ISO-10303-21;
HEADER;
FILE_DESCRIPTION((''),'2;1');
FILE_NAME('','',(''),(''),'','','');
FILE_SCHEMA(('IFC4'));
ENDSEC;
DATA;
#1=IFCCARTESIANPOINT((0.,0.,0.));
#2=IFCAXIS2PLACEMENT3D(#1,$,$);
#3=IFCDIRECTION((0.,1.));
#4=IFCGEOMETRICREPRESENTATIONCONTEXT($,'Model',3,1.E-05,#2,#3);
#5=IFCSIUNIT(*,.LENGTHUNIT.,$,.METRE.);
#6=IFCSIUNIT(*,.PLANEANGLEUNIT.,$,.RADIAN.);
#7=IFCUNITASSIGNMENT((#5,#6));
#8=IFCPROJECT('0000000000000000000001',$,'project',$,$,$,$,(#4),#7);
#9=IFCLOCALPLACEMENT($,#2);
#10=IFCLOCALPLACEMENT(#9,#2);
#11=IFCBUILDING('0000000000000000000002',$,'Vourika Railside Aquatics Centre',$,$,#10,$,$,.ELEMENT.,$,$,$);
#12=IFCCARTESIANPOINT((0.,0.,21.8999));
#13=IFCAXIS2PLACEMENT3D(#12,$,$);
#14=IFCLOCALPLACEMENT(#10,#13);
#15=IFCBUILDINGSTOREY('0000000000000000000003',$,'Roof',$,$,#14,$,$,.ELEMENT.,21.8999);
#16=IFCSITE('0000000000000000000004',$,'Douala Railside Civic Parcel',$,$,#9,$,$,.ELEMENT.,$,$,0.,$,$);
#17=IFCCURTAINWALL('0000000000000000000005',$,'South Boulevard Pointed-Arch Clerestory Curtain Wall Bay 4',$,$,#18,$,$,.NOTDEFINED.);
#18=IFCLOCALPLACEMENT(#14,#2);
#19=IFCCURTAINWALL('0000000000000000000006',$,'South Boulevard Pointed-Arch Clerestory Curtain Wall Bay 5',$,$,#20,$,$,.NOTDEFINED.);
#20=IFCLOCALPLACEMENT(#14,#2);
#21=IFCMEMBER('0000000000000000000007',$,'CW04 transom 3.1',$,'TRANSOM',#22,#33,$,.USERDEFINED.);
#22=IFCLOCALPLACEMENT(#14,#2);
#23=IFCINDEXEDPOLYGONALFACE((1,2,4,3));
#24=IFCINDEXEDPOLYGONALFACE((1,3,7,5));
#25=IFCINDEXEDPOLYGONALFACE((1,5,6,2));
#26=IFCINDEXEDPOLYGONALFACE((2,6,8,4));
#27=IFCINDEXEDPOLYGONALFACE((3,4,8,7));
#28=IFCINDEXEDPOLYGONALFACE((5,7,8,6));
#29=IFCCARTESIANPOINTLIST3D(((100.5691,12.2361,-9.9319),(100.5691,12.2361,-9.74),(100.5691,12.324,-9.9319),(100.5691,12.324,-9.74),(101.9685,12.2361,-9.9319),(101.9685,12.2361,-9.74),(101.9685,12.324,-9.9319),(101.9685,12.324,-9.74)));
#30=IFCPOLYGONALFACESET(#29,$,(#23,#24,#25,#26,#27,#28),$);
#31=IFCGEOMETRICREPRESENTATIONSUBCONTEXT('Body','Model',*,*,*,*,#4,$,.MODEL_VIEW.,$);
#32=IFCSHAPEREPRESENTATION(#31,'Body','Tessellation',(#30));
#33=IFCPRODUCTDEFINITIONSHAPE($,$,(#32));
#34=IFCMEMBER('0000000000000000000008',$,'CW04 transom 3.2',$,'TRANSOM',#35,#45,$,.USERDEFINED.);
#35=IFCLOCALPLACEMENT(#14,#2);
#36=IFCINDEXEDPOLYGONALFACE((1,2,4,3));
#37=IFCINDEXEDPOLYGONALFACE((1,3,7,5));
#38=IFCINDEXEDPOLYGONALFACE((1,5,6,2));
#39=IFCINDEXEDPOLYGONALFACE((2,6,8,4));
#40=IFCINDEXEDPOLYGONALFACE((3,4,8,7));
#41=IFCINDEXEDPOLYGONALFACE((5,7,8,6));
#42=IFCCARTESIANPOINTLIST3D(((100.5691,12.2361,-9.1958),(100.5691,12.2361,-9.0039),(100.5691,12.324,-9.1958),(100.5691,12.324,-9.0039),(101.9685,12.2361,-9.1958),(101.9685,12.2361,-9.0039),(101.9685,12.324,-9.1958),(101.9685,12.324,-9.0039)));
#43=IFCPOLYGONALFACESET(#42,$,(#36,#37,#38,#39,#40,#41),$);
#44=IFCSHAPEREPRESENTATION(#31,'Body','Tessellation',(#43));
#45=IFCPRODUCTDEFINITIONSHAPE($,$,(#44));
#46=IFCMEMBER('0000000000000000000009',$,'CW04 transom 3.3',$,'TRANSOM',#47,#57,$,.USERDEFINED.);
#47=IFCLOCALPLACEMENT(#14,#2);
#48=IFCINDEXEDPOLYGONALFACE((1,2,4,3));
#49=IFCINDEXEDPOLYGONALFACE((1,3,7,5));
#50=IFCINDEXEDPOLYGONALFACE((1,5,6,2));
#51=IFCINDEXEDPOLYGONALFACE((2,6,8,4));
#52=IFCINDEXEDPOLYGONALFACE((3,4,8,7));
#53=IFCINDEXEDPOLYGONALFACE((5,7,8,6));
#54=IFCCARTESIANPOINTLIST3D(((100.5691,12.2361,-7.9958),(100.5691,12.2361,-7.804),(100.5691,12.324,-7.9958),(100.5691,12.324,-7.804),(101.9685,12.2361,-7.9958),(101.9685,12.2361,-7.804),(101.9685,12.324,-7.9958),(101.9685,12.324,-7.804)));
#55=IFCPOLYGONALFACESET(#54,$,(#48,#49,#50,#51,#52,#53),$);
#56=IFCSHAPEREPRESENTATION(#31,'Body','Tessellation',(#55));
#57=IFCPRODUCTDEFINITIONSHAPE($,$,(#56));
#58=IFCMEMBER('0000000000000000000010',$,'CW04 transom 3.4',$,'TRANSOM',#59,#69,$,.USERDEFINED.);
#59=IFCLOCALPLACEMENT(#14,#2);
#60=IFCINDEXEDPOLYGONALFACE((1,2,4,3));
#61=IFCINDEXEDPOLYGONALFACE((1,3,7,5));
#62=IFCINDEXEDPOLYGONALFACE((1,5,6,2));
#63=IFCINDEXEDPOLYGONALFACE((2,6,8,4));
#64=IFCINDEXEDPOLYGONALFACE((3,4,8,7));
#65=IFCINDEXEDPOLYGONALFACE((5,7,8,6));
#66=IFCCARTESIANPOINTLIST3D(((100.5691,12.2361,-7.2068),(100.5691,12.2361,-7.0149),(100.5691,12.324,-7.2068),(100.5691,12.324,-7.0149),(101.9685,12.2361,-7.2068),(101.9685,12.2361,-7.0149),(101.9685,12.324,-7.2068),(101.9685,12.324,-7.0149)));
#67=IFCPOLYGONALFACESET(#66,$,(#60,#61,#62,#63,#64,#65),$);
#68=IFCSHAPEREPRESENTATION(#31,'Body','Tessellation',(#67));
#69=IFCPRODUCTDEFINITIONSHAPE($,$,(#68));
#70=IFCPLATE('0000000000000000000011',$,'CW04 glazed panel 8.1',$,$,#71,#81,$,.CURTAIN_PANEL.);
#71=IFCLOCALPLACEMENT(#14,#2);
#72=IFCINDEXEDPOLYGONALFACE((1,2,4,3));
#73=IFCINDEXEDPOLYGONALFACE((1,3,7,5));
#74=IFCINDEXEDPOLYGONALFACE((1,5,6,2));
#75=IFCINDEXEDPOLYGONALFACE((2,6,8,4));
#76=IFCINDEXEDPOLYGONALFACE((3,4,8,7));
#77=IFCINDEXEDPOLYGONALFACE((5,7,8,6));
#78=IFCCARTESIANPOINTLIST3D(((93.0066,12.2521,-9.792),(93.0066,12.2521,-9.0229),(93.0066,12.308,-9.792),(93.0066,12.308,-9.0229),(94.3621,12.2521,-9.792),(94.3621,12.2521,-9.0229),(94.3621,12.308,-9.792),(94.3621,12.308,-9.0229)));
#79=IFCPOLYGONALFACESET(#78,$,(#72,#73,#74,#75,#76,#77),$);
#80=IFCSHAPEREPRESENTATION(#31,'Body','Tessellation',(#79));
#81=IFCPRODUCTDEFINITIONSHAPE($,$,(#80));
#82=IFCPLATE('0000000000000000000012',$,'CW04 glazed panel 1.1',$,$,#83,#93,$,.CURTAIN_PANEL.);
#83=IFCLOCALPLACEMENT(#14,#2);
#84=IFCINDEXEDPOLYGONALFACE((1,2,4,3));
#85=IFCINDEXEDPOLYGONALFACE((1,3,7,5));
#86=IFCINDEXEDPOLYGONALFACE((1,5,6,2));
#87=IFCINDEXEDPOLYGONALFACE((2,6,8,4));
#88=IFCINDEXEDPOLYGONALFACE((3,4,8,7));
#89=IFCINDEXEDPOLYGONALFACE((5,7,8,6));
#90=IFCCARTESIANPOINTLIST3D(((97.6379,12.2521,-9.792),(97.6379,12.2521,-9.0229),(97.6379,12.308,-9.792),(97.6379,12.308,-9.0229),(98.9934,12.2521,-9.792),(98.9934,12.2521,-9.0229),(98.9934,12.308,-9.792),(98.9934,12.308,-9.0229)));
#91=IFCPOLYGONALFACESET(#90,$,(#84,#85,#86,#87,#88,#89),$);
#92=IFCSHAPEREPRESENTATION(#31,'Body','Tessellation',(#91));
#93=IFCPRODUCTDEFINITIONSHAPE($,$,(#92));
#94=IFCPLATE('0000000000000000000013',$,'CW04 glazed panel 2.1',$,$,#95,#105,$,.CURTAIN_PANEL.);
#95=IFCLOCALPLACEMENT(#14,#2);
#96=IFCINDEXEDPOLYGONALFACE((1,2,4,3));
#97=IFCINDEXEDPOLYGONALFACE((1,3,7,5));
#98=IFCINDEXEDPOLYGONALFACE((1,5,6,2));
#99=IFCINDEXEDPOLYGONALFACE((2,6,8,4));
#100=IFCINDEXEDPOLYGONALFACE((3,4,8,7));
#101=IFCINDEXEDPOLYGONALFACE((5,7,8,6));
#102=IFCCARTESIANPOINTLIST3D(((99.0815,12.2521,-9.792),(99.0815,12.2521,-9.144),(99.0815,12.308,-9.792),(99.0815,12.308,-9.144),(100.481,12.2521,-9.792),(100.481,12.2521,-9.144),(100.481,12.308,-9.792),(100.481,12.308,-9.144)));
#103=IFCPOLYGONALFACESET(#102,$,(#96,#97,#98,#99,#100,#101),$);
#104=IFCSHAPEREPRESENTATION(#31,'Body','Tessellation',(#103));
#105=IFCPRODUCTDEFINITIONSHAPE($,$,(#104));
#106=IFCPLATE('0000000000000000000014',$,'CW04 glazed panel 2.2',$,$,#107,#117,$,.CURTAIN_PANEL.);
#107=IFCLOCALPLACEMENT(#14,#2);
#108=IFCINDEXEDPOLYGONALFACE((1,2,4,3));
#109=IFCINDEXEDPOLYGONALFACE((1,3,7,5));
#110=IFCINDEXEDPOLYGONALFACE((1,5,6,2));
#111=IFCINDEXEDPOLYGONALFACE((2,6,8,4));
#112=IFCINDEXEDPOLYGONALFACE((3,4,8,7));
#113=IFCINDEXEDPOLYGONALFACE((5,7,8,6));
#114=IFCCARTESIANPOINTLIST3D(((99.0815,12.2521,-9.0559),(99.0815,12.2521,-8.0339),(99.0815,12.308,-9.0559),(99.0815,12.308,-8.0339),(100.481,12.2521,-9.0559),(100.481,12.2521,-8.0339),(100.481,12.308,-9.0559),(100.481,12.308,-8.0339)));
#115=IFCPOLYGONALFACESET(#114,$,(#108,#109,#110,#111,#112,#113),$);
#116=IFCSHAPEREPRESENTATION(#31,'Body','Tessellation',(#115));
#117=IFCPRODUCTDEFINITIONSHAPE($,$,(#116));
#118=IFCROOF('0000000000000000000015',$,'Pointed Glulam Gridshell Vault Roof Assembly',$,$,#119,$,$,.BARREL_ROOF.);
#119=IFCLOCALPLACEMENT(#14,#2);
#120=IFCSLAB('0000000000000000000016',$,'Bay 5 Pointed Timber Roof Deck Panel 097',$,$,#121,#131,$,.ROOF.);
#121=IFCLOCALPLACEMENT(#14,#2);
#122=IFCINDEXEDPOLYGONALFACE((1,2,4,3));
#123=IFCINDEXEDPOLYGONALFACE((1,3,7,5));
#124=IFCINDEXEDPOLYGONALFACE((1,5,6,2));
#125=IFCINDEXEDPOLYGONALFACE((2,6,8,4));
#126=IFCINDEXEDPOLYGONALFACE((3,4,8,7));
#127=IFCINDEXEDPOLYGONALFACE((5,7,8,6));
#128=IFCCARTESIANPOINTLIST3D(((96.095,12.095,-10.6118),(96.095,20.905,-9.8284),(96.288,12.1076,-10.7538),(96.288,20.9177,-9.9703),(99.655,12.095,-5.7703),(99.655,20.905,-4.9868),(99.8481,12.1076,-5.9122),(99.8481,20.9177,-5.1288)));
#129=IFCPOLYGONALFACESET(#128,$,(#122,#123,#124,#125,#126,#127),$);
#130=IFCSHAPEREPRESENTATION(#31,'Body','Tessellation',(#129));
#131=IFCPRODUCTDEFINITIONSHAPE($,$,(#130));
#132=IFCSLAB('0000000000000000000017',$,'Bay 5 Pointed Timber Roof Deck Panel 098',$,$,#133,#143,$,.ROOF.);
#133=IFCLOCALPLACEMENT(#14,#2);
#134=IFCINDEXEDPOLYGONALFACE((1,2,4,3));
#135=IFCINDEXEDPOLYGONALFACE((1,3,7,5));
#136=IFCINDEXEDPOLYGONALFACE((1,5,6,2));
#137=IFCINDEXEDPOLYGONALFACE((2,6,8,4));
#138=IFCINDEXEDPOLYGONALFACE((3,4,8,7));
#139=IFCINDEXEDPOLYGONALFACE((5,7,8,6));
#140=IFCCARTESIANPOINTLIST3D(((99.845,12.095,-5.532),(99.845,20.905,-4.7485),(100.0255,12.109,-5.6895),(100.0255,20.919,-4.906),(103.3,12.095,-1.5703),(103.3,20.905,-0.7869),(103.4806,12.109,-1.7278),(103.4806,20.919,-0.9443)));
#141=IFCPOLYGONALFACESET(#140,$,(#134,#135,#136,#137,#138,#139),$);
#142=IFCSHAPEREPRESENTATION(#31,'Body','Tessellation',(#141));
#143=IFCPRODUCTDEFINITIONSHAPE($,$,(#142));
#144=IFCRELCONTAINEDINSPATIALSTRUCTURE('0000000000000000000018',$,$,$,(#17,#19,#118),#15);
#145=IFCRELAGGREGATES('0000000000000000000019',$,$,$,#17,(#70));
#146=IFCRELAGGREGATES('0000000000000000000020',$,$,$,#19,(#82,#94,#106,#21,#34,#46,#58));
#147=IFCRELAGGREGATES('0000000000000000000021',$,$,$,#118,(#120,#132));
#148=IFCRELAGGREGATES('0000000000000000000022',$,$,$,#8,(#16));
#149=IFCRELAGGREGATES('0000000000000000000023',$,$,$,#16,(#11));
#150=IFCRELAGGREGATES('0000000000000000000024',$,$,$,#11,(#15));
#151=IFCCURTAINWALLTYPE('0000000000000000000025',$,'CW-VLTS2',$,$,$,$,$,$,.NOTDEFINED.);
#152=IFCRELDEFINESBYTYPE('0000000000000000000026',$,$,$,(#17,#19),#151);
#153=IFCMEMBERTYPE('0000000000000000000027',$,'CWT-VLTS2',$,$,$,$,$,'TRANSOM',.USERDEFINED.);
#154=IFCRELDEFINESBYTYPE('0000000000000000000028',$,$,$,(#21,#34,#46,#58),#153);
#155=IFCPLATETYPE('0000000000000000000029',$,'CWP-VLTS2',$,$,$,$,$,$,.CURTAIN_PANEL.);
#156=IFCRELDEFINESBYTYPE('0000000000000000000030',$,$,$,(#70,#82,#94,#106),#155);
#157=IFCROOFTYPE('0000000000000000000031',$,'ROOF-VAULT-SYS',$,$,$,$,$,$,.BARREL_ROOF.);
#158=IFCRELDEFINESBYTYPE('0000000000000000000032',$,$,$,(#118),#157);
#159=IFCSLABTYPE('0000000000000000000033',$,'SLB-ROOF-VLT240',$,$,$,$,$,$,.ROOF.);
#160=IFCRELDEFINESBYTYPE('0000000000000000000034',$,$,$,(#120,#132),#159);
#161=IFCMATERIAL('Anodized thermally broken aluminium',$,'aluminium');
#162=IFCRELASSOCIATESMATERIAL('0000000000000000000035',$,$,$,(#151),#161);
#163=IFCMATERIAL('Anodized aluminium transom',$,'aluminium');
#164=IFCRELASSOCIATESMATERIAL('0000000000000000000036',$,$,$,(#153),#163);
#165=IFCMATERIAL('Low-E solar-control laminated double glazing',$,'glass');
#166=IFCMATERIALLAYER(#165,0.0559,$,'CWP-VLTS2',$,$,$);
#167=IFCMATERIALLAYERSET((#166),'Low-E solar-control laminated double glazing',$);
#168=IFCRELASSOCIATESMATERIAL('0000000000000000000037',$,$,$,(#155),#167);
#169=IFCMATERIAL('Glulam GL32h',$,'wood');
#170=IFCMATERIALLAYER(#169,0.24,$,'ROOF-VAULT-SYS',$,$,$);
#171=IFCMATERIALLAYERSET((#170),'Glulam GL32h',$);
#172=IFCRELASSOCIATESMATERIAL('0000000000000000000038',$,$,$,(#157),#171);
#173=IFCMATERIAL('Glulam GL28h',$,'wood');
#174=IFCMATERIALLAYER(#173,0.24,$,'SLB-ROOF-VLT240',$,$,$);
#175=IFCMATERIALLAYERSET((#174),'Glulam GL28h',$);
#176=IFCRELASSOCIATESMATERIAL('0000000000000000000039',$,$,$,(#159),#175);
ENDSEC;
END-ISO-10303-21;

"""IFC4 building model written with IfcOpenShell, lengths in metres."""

from ifc_helpers import new_model, si_unit, direction, frame, origin, origin_2d, place, context, subcontext, project, spatial, polyline, rectangle, outline, extrude, material, layer, layer_set, material_profile, profile_set, type_object, element, aggregate, save


model = new_model("IFC4")

# Units and contexts
model_context = context("Model", 3, precision=1e-05, world=origin(), true_north=direction((0.0, 1.0)))
body_context = subcontext(model_context, "Body", "Model", "MODEL_VIEW")
ifc_project = project(units=[si_unit("LENGTHUNIT", "METRE"), si_unit("PLANEANGLEUNIT", "RADIAN")], contexts=[model_context])

# Site, building, storey
site_placement = place(None, origin())
site = spatial("IfcSite", under=ifc_project, at=site_placement, Name="Douala Railside Civic Parcel", CompositionType="ELEMENT", RefElevation=0.0)
building_placement = place(site_placement, origin())
building = spatial("IfcBuilding", under=site, at=building_placement, Name="Vourika Railside Aquatics Centre", CompositionType="ELEMENT")
storey_placement = place(building_placement, frame((0.0, 0.0, 21.8999)))
storey = spatial("IfcBuildingStorey", under=building, at=storey_placement, Name="Roof", CompositionType="ELEMENT", Elevation=21.8999)

# Curtain walls
ifc_material_1 = material(Name="Anodized thermally broken aluminium", Category="aluminium")
curtain_wall_type = type_object("IfcCurtainWallType", Name="CW-VLTS2", PredefinedType="NOTDEFINED", material=ifc_material_1)
curtain_wall_1_placement = place(storey_placement, origin())
curtain_wall_1 = element("IfcCurtainWall", 1, at=curtain_wall_1_placement, inside=storey, type_object=curtain_wall_type, Name="South Boulevard Pointed-Arch Clerestory Curtain Wall Bay 4", PredefinedType="NOTDEFINED")
curtain_wall_2_placement = place(storey_placement, origin())
curtain_wall_2 = element("IfcCurtainWall", 2, at=curtain_wall_2_placement, inside=storey, type_object=curtain_wall_type, Name="South Boulevard Pointed-Arch Clerestory Curtain Wall Bay 5", PredefinedType="NOTDEFINED")

# Members
ifc_material_2 = material(Name="Anodized aluminium transom", Category="aluminium")
ifc_material_profile_1 = material_profile(ifc_material_2, rectangle(XDim=0.0879, YDim=0.1919, at=origin_2d()), Name="ALU-T 88x192")
ifc_profile_set_1 = profile_set([ifc_material_profile_1], Name="Anodized aluminium transom")
member_type_1 = type_object("IfcMemberType", Name="CWT-VLTS2", ElementType="TRANSOM", PredefinedType="USERDEFINED", material=ifc_profile_set_1)
member_1_placement = place(storey_placement, frame((100.5691, 12.28, -9.8359), z_axis=(1.0, 0.0, 0.0), x_axis=(0.0, 1.0, 0.0)))
member_1 = element("IfcMember", 3, at=member_1_placement, type_object=member_type_1, Name="CW04 transom 3.1", ObjectType="TRANSOM", PredefinedType="USERDEFINED", context=body_context, shape_type="SweptSolid", body=[
    extrude(rectangle(XDim=0.0879, YDim=0.1919, at=origin_2d()), origin(), (0.0, 0.0, 1.0), 1.3994),
])
member_2_placement = place(storey_placement, frame((100.5691, 12.28, -9.0999), z_axis=(1.0, 0.0, 0.0), x_axis=(0.0, 1.0, 0.0)))
member_2 = element("IfcMember", 4, at=member_2_placement, type_object=member_type_1, Name="CW04 transom 3.2", ObjectType="TRANSOM", PredefinedType="USERDEFINED", context=body_context, shape_type="SweptSolid", body=[
    extrude(rectangle(XDim=0.0879, YDim=0.1919, at=origin_2d()), origin(), (0.0, 0.0, 1.0), 1.3994),
])
member_3_placement = place(storey_placement, frame((100.5691, 12.28, -7.8999), z_axis=(1.0, 0.0, 0.0), x_axis=(0.0, 1.0, 0.0)))
member_3 = element("IfcMember", 5, at=member_3_placement, type_object=member_type_1, Name="CW04 transom 3.3", ObjectType="TRANSOM", PredefinedType="USERDEFINED", context=body_context, shape_type="SweptSolid", body=[
    extrude(rectangle(XDim=0.0879, YDim=0.1919, at=origin_2d()), origin(), (0.0, 0.0, 1.0), 1.3994),
])
member_4_placement = place(storey_placement, frame((100.5691, 12.28, -7.1108), z_axis=(1.0, 0.0, 0.0), x_axis=(0.0, 1.0, 0.0)))
member_4 = element("IfcMember", 6, at=member_4_placement, type_object=member_type_1, Name="CW04 transom 3.4", ObjectType="TRANSOM", PredefinedType="USERDEFINED", context=body_context, shape_type="SweptSolid", body=[
    extrude(rectangle(XDim=0.0879, YDim=0.1919, at=origin_2d()), origin(), (0.0, 0.0, 1.0), 1.3994),
])

# Plates
ifc_material_3 = material(Name="Low-E solar-control laminated double glazing", Category="glass")
ifc_layer_1 = layer(ifc_material_3, 0.0559, Name="CWP-VLTS2")
ifc_layer_set_1 = layer_set([ifc_layer_1], Name="Low-E solar-control laminated double glazing")
plate_type = type_object("IfcPlateType", Name="CWP-VLTS2", PredefinedType="CURTAIN_PANEL", material=ifc_layer_set_1)
plate_1_placement = place(storey_placement, frame((93.6843, 12.28, -9.792), z_axis=(0.0, 0.0, 1.0), x_axis=(1.0, 0.0, 0.0)))
plate_1 = element("IfcPlate", 7, at=plate_1_placement, type_object=plate_type, Name="CW04 glazed panel 8.1", PredefinedType="CURTAIN_PANEL", context=body_context, shape_type="SweptSolid", body=[
    extrude(rectangle(XDim=1.3555, YDim=0.0559, at=origin_2d()), origin(), (0.0, 0.0, 1.0), 0.769),
])
aggregate(curtain_wall_1, [plate_1])
plate_2_placement = place(storey_placement, frame((98.3157, 12.28, -9.792), z_axis=(0.0, 0.0, 1.0), x_axis=(1.0, 0.0, 0.0)))
plate_2 = element("IfcPlate", 8, at=plate_2_placement, type_object=plate_type, Name="CW04 glazed panel 1.1", PredefinedType="CURTAIN_PANEL", context=body_context, shape_type="SweptSolid", body=[
    extrude(rectangle(XDim=1.3555, YDim=0.0559, at=origin_2d()), origin(), (0.0, 0.0, 1.0), 0.769),
])
plate_3_placement = place(storey_placement, frame((99.7812, 12.28, -9.792), z_axis=(0.0, 0.0, 1.0), x_axis=(1.0, 0.0, 0.0)))
plate_3 = element("IfcPlate", 9, at=plate_3_placement, type_object=plate_type, Name="CW04 glazed panel 2.1", PredefinedType="CURTAIN_PANEL", context=body_context, shape_type="SweptSolid", body=[
    extrude(rectangle(XDim=1.3994, YDim=0.0559, at=origin_2d()), origin(), (0.0, 0.0, 1.0), 0.6479),
])
plate_4_placement = place(storey_placement, frame((99.7812, 12.28, -9.0559), z_axis=(0.0, 0.0, 1.0), x_axis=(1.0, 0.0, 0.0)))
plate_4 = element("IfcPlate", 10, at=plate_4_placement, type_object=plate_type, Name="CW04 glazed panel 2.2", PredefinedType="CURTAIN_PANEL", context=body_context, shape_type="SweptSolid", body=[
    extrude(rectangle(XDim=1.3994, YDim=0.0559, at=origin_2d()), origin(), (0.0, 0.0, 1.0), 1.022),
])
aggregate(curtain_wall_2, [plate_2, plate_3, plate_4, member_1, member_2, member_3, member_4])

# Roof, slabs
ifc_material_4 = material(Name="Glulam GL32h", Category="wood")
ifc_layer_2 = layer(ifc_material_4, 0.24, Name="ROOF-VAULT-SYS")
ifc_layer_set_2 = layer_set([ifc_layer_2], Name="Glulam GL32h")
roof_type = type_object("IfcRoofType", Name="ROOF-VAULT-SYS", PredefinedType="BARREL_ROOF", material=ifc_layer_set_2)
roof_placement = place(storey_placement, origin())
roof = element("IfcRoof", 11, at=roof_placement, inside=storey, type_object=roof_type, Name="Pointed Glulam Gridshell Vault Roof Assembly", PredefinedType="BARREL_ROOF")
ifc_material_5 = material(Name="Glulam GL28h", Category="wood")
ifc_layer_3 = layer(ifc_material_5, 0.24, Name="SLB-ROOF-VLT240")
ifc_layer_set_3 = layer_set([ifc_layer_3], Name="Glulam GL28h")
slab_type = type_object("IfcSlabType", Name="SLB-ROOF-VLT240", PredefinedType="ROOF", material=ifc_layer_set_3)
slab_1_placement = place(storey_placement, frame((96.095, 12.095, -10.6118), z_axis=(-0.804528, -0.052607, 0.59158), x_axis=(0.592401, 0.0, 0.805644)))
slab_1 = element("IfcSlab", 12, at=slab_1_placement, type_object=slab_type, Name="Bay 5 Pointed Timber Roof Deck Panel 097", PredefinedType="ROOF", context=body_context, shape_type="SweptSolid", body=[
    extrude(outline(polyline([(0.0, 0.0), (6.0095, 0.0), (6.6407, 8.8223), (0.6312, 8.8223), (0.0, 0.0)])), origin(), (0.0, 0.0, -1.0), 0.24),
])
slab_2_placement = place(storey_placement, frame((99.845, 12.095, -5.532), z_axis=(-0.752365, -0.05835, 0.656157), x_axis=(0.657277, 0.0, 0.753649)))
slab_2 = element("IfcSlab", 13, at=slab_2_placement, type_object=slab_type, Name="Bay 5 Pointed Timber Roof Deck Panel 098", PredefinedType="ROOF", context=body_context, shape_type="SweptSolid", body=[
    extrude(outline(polyline([(0.0, 0.0), (5.2567, 0.0), (5.8471, 8.8251), (0.5904, 8.8251), (0.0, 0.0)])), origin(), (0.0, 0.0, -1.0), 0.24),
])
aggregate(roof, [slab_1, slab_2])

save(model, "model.ifc")
